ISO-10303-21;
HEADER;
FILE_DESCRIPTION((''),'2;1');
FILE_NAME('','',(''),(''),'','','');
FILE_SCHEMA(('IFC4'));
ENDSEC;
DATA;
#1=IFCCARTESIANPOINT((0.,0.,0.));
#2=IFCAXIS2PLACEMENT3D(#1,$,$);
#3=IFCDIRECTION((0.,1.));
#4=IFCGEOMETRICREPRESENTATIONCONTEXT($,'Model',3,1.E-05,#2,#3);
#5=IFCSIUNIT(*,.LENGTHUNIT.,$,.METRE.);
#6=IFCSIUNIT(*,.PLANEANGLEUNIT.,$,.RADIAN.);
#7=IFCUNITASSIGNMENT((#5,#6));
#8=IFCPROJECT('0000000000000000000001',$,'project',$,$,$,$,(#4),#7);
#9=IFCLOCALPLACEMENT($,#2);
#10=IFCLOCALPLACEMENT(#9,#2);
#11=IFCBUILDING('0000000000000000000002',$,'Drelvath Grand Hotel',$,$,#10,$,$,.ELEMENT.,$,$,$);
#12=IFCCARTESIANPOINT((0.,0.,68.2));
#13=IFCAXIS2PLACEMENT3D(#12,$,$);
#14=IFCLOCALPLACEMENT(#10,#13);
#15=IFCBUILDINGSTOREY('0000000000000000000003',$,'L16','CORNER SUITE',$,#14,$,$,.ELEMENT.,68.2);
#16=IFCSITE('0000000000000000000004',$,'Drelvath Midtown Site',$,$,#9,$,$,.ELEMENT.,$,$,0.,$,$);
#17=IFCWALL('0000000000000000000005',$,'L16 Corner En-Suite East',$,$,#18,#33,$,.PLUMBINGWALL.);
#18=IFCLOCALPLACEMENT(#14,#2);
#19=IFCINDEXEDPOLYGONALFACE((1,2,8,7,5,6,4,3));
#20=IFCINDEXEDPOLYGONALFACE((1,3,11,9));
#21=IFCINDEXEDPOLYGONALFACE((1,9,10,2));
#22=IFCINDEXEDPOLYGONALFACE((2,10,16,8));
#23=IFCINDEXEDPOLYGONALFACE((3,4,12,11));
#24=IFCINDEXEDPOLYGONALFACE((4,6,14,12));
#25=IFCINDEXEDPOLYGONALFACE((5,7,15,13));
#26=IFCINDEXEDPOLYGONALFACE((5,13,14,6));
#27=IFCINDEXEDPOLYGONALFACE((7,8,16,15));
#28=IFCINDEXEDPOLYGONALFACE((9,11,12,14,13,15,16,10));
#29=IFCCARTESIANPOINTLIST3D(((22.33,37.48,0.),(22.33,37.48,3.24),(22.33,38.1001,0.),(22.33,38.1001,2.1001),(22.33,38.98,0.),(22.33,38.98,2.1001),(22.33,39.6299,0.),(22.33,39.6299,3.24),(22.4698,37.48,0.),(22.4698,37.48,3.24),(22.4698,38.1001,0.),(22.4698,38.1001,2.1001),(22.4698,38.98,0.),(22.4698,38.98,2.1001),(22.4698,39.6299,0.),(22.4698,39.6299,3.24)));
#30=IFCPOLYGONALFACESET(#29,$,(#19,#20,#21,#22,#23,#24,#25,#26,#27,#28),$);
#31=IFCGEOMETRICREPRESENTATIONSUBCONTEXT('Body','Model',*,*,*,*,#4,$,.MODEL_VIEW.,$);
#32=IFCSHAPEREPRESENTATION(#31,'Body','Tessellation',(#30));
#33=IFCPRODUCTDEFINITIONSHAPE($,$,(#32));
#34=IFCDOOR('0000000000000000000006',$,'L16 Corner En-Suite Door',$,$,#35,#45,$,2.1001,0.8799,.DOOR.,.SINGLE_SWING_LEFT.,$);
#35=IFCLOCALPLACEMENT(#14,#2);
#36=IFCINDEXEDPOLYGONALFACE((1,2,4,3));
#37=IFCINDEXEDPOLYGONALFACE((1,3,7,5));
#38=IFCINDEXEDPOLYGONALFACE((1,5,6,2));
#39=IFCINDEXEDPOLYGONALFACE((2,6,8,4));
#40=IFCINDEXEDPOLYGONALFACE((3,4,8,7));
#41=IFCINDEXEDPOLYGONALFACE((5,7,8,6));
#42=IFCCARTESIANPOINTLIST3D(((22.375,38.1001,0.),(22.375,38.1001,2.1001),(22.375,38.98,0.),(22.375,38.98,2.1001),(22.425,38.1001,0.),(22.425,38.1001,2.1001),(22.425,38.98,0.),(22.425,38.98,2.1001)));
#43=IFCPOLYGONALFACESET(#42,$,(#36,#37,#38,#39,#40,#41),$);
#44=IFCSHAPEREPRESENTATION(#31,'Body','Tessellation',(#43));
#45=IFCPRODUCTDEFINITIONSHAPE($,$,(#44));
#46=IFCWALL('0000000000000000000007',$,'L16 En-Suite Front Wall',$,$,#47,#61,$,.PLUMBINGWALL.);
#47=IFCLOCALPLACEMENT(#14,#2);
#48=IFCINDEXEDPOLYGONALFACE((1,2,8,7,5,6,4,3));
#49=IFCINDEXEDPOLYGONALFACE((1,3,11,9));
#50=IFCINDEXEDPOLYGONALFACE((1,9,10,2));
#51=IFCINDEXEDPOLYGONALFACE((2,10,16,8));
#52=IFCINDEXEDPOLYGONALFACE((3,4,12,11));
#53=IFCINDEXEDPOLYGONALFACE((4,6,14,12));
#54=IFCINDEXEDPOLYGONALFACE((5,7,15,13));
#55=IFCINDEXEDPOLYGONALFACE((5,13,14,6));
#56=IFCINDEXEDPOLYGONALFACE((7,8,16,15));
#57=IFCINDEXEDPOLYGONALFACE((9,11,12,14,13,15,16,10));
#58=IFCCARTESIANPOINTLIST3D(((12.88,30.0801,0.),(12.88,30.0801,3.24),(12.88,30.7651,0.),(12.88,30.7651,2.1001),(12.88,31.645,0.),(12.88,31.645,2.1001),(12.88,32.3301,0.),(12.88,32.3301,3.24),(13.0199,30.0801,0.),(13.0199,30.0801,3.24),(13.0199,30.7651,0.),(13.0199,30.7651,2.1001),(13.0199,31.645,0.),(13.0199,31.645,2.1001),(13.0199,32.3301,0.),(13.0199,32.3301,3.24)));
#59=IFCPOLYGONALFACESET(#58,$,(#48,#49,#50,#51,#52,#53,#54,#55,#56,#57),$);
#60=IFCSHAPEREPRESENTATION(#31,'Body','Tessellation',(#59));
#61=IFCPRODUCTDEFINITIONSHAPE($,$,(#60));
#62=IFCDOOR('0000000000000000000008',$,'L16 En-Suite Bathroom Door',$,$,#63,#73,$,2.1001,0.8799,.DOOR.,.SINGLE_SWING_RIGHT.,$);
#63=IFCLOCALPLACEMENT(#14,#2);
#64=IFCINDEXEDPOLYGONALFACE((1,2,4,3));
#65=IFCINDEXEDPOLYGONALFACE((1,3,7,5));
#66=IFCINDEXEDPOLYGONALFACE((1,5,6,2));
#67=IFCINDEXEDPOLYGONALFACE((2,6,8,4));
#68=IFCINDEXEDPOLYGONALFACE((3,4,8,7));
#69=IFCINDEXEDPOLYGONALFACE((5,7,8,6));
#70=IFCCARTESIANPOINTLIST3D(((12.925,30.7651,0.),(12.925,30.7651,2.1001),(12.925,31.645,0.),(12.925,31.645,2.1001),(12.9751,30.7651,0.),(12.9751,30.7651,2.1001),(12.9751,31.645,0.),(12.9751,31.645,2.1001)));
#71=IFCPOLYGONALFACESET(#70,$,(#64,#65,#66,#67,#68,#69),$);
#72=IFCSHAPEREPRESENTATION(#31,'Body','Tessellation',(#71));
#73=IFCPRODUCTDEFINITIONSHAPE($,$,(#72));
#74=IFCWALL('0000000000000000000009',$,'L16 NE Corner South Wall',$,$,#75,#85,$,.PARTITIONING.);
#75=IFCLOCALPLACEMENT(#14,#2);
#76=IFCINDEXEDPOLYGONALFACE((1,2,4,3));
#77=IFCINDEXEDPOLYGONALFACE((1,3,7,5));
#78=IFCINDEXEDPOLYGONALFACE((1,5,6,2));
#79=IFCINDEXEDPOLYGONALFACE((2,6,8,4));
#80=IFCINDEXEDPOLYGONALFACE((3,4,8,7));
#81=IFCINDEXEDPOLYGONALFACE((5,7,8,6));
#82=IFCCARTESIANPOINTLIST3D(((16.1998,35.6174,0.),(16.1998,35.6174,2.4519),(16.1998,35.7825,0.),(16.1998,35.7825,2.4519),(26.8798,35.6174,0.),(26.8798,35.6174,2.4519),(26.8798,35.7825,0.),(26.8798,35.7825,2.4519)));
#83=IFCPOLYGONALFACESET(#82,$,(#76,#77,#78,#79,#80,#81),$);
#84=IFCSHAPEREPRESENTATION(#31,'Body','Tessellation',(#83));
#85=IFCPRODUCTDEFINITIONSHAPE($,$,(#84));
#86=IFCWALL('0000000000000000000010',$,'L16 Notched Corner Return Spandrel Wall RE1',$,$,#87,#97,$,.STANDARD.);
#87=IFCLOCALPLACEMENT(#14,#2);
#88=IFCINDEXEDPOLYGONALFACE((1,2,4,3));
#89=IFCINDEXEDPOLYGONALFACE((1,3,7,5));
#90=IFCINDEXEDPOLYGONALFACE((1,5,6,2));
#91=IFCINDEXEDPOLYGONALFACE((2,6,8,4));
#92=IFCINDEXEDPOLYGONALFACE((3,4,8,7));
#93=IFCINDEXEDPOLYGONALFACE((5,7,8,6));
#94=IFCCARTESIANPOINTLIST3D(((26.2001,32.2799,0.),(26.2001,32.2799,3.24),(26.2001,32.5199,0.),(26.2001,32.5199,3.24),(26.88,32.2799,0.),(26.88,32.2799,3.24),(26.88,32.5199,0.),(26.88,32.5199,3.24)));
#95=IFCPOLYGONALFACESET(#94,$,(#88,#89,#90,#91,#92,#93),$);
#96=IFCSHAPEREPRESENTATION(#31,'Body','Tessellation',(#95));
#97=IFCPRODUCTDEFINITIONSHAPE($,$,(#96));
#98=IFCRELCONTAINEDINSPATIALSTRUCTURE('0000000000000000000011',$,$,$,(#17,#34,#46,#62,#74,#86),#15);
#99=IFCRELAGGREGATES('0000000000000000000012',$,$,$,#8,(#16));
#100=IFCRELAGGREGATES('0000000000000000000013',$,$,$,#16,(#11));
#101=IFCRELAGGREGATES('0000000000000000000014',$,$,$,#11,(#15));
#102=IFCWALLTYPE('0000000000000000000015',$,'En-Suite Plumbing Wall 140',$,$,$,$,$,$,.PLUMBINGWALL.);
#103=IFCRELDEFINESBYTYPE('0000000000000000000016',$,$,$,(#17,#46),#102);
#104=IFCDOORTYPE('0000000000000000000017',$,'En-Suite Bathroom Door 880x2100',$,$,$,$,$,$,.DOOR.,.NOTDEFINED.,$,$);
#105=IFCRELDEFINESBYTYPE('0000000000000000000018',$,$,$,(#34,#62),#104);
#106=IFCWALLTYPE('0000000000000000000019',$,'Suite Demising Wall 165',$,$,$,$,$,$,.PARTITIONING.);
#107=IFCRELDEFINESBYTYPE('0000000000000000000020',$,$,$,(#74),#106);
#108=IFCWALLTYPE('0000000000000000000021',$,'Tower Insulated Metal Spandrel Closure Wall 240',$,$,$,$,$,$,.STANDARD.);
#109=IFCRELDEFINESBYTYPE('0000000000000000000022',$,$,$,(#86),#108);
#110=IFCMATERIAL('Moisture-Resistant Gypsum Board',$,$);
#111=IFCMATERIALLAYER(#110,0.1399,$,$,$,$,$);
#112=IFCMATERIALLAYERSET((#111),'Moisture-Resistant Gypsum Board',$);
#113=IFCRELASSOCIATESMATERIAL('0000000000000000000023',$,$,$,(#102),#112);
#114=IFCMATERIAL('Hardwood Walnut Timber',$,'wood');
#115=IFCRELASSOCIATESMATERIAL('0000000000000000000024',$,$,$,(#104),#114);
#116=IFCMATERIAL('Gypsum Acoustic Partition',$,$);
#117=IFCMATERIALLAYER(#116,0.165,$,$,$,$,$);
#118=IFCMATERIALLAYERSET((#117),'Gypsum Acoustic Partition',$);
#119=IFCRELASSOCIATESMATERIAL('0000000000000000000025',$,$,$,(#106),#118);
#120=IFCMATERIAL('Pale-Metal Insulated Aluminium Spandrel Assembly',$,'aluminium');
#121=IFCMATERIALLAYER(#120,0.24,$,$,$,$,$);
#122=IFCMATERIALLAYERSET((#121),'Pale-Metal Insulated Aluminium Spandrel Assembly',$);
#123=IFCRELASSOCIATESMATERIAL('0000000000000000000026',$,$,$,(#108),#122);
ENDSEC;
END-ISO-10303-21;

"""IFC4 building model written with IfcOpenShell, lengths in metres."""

from ifc_helpers import new_model, si_unit, direction, frame, frame_2d, origin, place, context, subcontext, project, spatial, rectangle, extrude, material, layer, layer_set, type_object, element, fill, save


model = new_model("IFC4")

# Units and contexts
model_context = context("Model", 3, precision=1e-05, world=origin(), true_north=direction((0.0, 1.0)))
body_context = subcontext(model_context, "Body", "Model", "MODEL_VIEW")
ifc_project = project(units=[si_unit("LENGTHUNIT", "METRE"), si_unit("PLANEANGLEUNIT", "RADIAN")], contexts=[model_context])

# Site, building, storey
site_placement = place(None, origin())
site = spatial("IfcSite", under=ifc_project, at=site_placement, Name="Drelvath Midtown Site", CompositionType="ELEMENT", RefElevation=0.0)
building_placement = place(site_placement, origin())
building = spatial("IfcBuilding", under=site, at=building_placement, Name="Drelvath Grand Hotel", CompositionType="ELEMENT")
storey_placement = place(building_placement, frame((0.0, 0.0, 68.2)))
storey = spatial("IfcBuildingStorey", under=building, at=storey_placement, Name="L16", Description="CORNER SUITE", CompositionType="ELEMENT", Elevation=68.2)

# Shared definitions
ifc_material_1 = material(Name="Hardwood Walnut Timber", Category="wood")

# Shared definitions
ifc_material_2 = material(Name="Moisture-Resistant Gypsum Board")
ifc_layer_1 = layer(ifc_material_2, 0.1399)
ifc_layer_set_1 = layer_set([ifc_layer_1], Name="Moisture-Resistant Gypsum Board")
wall_type_1 = type_object("IfcWallType", Name="En-Suite Plumbing Wall 140", PredefinedType="PLUMBINGWALL", material=ifc_layer_set_1)

# Walls, openings, doors
wall_1_placement = place(storey_placement, frame((22.3999, 37.48, 0.0), z_axis=(0.0, 0.0, 1.0), x_axis=(0.0, 1.0, 0.0)))
wall_1 = element("IfcWall", 1, at=wall_1_placement, inside=storey, type_object=wall_type_1, Name="L16 Corner En-Suite East", PredefinedType="PLUMBINGWALL", context=body_context, shape_type="SweptSolid", body=[
    extrude(rectangle(XDim=2.1499, YDim=0.1399, at=frame_2d((1.075, 0.0))), origin(), (0.0, 0.0, 1.0), 3.24),
])
opening_1_placement = place(wall_1_placement, frame((0.6201, 0.0, 0.0)))
opening_1 = element("IfcOpeningElement", 2, at=opening_1_placement, cuts=wall_1, PredefinedType="OPENING", context=body_context, shape_type="SweptSolid", body=[
    extrude(rectangle(XDim=0.8799, YDim=2.1001, at=frame_2d((0.4399, 1.05))), frame((0.0, 0.0798, 0.0), z_axis=(0.0, -1.0, 0.0), x_axis=(1.0, 0.0, 0.0)), (0.0, 0.0, 1.0), 0.1599),
])
door_type_1 = type_object("IfcDoorType", Name="En-Suite Bathroom Door 880x2100", OperationType="NOTDEFINED", PredefinedType="DOOR", material=ifc_material_1)
door_1_placement = place(opening_1_placement, origin())
door_1 = element("IfcDoor", 3, at=door_1_placement, inside=storey, type_object=door_type_1, Name="L16 Corner En-Suite Door", OperationType="SINGLE_SWING_LEFT", OverallHeight=2.1001, OverallWidth=0.8799, PredefinedType="DOOR", context=body_context, shape_type="SweptSolid", body=[
    extrude(rectangle(XDim=0.8799, YDim=2.1001, at=frame_2d((0.4399, 1.05))), frame((0.0, 0.0249, 0.0), z_axis=(0.0, -1.0, 0.0), x_axis=(1.0, 0.0, 0.0)), (0.0, 0.0, 1.0), 0.05),
])
fill(opening_1, door_1)
wall_2_placement = place(storey_placement, frame((12.95, 30.0801, 0.0), z_axis=(0.0, 0.0, 1.0), x_axis=(0.0, 1.0, 0.0)))
wall_2 = element("IfcWall", 4, at=wall_2_placement, inside=storey, type_object=wall_type_1, Name="L16 En-Suite Front Wall", PredefinedType="PLUMBINGWALL", context=body_context, shape_type="SweptSolid", body=[
    extrude(rectangle(XDim=2.25, YDim=0.1399, at=frame_2d((1.125, 0.0))), origin(), (0.0, 0.0, 1.0), 3.24),
])
opening_2_placement = place(wall_2_placement, frame((0.6851, 0.0, 0.0)))
opening_2 = element("IfcOpeningElement", 5, at=opening_2_placement, cuts=wall_2, PredefinedType="OPENING", context=body_context, shape_type="SweptSolid", body=[
    extrude(rectangle(XDim=0.8799, YDim=2.1001, at=frame_2d((0.4399, 1.05))), frame((0.0, 0.0798, 0.0), z_axis=(0.0, -1.0, 0.0), x_axis=(1.0, 0.0, 0.0)), (0.0, 0.0, 1.0), 0.1599),
])
door_2_placement = place(opening_2_placement, origin())
door_2 = element("IfcDoor", 6, at=door_2_placement, inside=storey, type_object=door_type_1, Name="L16 En-Suite Bathroom Door", OperationType="SINGLE_SWING_RIGHT", OverallHeight=2.1001, OverallWidth=0.8799, PredefinedType="DOOR", context=body_context, shape_type="SweptSolid", body=[
    extrude(rectangle(XDim=0.8799, YDim=2.1001, at=frame_2d((0.4399, 1.05))), frame((0.0, 0.0249, 0.0), z_axis=(0.0, -1.0, 0.0), x_axis=(1.0, 0.0, 0.0)), (0.0, 0.0, 1.0), 0.05),
])
fill(opening_2, door_2)

# Walls
ifc_material_3 = material(Name="Gypsum Acoustic Partition")
ifc_layer_2 = layer(ifc_material_3, 0.165)
ifc_layer_set_2 = layer_set([ifc_layer_2], Name="Gypsum Acoustic Partition")
wall_type_2 = type_object("IfcWallType", Name="Suite Demising Wall 165", PredefinedType="PARTITIONING", material=ifc_layer_set_2)
wall_3_placement = place(storey_placement, frame((16.2, 35.7, 0.0), z_axis=(0.0, 0.0, 1.0), x_axis=(1.0, 0.0, 0.0)))
element("IfcWall", 7, at=wall_3_placement, inside=storey, type_object=wall_type_2, Name="L16 NE Corner South Wall", PredefinedType="PARTITIONING", context=body_context, shape_type="SweptSolid", body=[
    extrude(rectangle(XDim=10.6799, YDim=0.165, at=frame_2d((5.3398, 0.0))), origin(), (0.0, 0.0, 1.0), 2.4519),
])
ifc_material_4 = material(Name="Pale-Metal Insulated Aluminium Spandrel Assembly", Category="aluminium")
ifc_layer_3 = layer(ifc_material_4, 0.24)
ifc_layer_set_3 = layer_set([ifc_layer_3], Name="Pale-Metal Insulated Aluminium Spandrel Assembly")
wall_type_3 = type_object("IfcWallType", Name="Tower Insulated Metal Spandrel Closure Wall 240", PredefinedType="STANDARD", material=ifc_layer_set_3)
wall_4_placement = place(storey_placement, frame((26.8799, 32.3999, 0.0), z_axis=(0.0, 0.0, 1.0), x_axis=(-1.0, 0.0, 0.0)))
element("IfcWall", 8, at=wall_4_placement, inside=storey, type_object=wall_type_3, Name="L16 Notched Corner Return Spandrel Wall RE1", PredefinedType="STANDARD", context=body_context, shape_type="SweptSolid", body=[
    extrude(rectangle(XDim=0.6799, YDim=0.24, at=frame_2d((0.3398, 0.0))), origin(), (0.0, 0.0, 1.0), 3.24),
])

save(model, "model.ifc")
